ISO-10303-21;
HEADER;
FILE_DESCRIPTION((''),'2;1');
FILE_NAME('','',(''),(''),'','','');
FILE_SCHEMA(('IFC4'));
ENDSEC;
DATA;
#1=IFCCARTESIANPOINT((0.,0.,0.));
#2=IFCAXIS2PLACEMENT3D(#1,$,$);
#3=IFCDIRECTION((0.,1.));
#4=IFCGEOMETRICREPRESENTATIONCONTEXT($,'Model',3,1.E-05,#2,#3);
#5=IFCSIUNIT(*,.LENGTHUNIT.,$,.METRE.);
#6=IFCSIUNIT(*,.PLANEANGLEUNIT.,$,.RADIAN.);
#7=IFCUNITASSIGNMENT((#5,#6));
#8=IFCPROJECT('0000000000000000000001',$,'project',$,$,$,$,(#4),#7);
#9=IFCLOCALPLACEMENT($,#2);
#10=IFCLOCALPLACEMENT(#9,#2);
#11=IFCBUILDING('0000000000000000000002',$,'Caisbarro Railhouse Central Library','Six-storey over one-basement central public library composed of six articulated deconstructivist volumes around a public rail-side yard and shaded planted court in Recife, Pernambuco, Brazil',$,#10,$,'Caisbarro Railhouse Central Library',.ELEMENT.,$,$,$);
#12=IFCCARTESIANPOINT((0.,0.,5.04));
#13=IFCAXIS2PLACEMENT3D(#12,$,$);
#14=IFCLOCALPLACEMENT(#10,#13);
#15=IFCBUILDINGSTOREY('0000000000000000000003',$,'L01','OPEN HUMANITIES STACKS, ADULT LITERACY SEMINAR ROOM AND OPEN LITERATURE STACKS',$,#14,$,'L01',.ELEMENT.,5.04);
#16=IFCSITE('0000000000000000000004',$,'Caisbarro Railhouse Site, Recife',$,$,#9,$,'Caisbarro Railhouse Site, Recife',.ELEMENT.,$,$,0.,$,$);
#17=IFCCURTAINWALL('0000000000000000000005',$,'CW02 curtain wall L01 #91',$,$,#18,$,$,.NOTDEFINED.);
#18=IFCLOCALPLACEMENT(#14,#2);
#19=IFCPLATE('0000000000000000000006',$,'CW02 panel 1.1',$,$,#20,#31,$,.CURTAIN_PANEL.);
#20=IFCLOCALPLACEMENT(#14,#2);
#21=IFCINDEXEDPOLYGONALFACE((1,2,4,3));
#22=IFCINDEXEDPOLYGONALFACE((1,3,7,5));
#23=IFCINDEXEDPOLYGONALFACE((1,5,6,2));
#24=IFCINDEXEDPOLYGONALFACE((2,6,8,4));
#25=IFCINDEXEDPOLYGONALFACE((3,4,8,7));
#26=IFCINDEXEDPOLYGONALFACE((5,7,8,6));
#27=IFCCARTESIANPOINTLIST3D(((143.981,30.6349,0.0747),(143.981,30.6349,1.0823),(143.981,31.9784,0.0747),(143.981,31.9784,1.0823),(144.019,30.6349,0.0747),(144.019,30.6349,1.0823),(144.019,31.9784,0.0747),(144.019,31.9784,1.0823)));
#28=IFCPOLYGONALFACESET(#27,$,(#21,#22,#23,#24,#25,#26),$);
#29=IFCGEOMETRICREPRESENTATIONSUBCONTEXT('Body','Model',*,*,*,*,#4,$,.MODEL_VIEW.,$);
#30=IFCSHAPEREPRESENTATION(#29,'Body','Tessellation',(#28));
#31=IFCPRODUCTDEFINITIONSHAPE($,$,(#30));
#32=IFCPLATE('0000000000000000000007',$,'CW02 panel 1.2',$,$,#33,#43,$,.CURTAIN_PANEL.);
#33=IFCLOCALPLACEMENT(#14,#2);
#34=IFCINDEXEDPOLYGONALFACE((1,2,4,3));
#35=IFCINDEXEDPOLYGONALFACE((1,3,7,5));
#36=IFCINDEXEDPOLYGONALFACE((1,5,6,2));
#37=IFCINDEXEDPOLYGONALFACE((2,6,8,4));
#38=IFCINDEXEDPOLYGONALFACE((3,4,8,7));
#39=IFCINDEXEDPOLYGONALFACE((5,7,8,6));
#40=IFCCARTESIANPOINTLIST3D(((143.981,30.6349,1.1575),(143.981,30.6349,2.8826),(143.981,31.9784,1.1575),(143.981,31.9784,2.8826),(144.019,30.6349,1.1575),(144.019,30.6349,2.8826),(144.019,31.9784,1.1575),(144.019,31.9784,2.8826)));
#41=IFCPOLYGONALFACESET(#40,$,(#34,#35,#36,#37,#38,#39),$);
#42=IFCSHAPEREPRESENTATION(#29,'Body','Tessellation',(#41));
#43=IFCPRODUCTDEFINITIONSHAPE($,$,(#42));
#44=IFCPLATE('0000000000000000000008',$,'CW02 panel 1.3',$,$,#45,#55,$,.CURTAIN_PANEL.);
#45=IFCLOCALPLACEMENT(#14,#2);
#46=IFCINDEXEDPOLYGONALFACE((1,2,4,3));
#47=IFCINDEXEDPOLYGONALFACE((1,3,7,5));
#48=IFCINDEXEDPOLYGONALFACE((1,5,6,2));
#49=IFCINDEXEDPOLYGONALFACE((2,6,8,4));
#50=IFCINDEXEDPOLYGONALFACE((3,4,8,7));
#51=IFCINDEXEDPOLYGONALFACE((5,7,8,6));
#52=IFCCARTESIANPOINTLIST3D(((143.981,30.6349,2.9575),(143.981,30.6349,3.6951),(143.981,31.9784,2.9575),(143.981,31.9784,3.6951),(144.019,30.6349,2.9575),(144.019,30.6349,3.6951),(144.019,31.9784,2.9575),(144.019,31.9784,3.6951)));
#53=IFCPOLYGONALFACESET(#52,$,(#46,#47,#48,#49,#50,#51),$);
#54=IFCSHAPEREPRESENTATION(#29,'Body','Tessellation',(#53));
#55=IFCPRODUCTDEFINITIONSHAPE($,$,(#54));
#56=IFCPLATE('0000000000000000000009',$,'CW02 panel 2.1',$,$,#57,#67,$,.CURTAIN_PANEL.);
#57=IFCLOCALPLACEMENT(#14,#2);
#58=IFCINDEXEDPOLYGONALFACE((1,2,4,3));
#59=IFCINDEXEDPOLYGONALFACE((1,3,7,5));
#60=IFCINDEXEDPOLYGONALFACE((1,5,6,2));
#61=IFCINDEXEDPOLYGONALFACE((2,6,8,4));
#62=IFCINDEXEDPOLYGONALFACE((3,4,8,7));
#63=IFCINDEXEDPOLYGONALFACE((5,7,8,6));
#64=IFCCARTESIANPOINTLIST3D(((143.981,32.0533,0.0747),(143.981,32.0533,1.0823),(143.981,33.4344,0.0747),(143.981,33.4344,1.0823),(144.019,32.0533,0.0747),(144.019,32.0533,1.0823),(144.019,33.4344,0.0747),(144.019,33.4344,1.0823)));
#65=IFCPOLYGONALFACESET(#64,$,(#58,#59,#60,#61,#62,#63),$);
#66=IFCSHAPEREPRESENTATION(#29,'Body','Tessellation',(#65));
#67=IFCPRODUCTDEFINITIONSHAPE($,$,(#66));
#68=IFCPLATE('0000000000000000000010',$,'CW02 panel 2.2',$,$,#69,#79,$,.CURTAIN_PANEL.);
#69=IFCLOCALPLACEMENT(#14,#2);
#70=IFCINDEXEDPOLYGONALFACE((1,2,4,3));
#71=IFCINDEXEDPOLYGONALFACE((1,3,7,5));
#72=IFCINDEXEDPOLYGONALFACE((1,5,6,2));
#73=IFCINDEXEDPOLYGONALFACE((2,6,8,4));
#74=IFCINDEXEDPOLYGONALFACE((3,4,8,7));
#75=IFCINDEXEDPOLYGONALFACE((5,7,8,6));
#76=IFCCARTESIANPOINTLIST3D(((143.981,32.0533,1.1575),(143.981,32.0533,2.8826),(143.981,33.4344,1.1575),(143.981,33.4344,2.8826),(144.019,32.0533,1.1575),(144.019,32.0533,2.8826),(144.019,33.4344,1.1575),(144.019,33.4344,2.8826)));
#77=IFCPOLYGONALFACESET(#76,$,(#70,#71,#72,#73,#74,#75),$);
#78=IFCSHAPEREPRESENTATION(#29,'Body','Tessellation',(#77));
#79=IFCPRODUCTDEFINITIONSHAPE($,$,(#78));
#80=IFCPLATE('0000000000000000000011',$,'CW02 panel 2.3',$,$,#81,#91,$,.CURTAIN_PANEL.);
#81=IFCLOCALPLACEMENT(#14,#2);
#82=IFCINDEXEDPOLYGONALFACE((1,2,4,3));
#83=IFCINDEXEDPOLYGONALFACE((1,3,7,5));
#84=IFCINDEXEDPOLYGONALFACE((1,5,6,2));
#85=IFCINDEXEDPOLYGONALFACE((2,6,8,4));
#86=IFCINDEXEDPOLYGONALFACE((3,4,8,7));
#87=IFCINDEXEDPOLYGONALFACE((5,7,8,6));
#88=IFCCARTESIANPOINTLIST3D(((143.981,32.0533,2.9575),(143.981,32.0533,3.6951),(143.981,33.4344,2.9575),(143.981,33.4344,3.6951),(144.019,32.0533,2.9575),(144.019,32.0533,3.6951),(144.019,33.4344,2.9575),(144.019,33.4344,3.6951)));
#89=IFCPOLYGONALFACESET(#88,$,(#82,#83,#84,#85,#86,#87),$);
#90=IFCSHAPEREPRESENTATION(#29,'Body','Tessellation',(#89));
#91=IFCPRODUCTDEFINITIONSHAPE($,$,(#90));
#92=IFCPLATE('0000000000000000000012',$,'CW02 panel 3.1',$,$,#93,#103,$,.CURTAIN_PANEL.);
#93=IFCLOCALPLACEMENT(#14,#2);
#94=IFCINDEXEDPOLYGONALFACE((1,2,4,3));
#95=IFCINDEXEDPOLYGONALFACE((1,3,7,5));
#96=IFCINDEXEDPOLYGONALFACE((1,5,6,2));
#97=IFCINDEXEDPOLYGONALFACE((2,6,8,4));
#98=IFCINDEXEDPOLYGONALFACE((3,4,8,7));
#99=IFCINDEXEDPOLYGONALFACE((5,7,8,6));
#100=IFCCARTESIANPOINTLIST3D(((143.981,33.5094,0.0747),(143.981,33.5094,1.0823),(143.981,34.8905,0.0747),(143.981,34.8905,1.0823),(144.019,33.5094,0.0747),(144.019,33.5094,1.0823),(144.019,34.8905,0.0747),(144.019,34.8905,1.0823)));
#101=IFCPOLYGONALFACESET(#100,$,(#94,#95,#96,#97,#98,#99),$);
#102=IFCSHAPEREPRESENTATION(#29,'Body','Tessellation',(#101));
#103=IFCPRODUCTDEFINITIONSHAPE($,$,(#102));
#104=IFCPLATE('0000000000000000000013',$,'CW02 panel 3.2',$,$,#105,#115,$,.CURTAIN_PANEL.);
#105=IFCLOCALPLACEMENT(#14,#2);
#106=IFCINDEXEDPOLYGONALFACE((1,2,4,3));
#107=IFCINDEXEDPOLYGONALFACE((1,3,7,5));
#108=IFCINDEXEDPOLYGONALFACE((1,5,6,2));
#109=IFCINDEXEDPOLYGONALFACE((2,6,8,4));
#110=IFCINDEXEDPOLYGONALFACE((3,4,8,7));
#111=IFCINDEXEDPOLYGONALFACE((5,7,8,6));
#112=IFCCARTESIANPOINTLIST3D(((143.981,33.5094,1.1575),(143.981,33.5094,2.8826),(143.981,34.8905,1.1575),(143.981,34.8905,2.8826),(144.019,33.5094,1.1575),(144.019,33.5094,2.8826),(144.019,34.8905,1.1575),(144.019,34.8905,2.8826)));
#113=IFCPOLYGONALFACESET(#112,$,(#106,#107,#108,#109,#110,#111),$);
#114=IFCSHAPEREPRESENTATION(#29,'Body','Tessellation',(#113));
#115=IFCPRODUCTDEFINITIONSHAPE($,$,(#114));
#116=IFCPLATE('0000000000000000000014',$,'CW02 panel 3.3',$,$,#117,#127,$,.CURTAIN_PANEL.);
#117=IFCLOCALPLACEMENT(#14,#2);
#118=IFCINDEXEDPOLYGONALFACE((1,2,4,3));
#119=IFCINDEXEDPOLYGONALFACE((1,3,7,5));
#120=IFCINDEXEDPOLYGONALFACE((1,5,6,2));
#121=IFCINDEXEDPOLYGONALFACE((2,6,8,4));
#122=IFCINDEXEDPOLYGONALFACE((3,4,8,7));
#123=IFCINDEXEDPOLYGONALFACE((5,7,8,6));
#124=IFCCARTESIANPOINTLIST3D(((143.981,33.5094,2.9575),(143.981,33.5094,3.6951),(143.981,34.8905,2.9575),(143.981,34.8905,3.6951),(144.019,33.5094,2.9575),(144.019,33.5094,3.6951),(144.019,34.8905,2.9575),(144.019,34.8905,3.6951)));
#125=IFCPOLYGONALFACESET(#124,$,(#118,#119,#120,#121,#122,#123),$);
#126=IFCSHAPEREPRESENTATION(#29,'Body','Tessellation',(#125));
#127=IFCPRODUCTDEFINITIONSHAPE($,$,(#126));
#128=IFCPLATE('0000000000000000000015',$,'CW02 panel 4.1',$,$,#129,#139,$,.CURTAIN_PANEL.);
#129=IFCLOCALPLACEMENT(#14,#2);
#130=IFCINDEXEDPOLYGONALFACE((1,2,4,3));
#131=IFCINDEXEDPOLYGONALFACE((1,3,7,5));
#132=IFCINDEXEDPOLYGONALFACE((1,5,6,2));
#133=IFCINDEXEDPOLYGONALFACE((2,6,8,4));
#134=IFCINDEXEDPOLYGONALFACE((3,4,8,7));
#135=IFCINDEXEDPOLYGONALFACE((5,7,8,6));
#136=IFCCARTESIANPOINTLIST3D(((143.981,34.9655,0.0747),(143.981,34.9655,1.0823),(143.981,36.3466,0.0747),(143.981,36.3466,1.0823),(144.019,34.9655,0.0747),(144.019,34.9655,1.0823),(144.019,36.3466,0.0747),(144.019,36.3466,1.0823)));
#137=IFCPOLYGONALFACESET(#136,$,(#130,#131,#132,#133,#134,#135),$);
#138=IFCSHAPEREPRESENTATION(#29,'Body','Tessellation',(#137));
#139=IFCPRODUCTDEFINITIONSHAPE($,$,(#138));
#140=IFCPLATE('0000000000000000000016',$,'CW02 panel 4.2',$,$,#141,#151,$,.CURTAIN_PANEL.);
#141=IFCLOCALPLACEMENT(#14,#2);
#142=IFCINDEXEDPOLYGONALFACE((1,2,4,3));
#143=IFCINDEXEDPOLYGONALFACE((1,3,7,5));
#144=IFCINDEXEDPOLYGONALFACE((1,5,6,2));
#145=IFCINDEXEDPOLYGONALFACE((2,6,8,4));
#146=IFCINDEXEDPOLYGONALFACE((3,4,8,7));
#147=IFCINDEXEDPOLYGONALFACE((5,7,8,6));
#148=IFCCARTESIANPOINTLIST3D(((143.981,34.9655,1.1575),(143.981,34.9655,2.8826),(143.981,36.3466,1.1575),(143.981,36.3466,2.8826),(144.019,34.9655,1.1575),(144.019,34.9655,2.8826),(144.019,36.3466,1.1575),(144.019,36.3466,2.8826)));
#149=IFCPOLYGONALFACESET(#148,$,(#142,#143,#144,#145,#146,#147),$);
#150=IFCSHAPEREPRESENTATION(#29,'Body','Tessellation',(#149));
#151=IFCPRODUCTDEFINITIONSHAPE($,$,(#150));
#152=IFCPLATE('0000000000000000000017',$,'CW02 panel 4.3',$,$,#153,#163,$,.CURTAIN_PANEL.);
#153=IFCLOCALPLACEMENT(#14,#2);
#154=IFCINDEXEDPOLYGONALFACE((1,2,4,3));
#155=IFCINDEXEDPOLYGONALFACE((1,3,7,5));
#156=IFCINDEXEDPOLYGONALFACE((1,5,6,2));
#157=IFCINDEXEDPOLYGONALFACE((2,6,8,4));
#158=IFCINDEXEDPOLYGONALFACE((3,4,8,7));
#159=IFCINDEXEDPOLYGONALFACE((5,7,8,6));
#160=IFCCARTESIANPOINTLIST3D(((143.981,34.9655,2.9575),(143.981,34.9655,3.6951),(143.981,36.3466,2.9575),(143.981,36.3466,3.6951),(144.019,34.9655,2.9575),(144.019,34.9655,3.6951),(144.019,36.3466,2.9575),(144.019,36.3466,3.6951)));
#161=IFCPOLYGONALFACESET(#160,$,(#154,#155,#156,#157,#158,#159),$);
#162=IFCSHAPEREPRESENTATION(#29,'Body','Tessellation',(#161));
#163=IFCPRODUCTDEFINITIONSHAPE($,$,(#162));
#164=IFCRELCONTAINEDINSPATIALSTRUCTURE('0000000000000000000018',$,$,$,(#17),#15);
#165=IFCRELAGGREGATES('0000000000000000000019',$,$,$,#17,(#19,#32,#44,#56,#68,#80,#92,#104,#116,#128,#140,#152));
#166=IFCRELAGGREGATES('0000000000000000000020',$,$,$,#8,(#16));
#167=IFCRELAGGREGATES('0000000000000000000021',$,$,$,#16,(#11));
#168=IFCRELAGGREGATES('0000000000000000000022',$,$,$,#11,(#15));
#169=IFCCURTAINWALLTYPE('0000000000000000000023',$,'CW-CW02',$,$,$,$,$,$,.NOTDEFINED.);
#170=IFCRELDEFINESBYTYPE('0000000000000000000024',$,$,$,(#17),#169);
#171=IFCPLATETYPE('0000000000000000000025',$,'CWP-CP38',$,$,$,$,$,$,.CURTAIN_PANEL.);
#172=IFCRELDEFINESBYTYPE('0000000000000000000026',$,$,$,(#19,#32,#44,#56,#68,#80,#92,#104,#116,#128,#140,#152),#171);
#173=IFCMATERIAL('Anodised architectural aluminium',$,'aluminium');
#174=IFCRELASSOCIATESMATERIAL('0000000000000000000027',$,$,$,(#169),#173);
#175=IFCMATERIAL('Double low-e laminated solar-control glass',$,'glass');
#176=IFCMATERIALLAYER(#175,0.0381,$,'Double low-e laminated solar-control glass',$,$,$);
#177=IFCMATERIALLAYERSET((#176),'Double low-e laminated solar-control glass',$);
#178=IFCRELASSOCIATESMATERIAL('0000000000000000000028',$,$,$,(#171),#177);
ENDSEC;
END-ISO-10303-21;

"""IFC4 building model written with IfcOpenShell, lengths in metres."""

from ifc_helpers import new_model, si_unit, direction, frame, origin, origin_2d, place, context, subcontext, project, spatial, rectangle, extrude, material, layer, layer_set, type_object, element, aggregate, save


model = new_model("IFC4")

# Units and contexts
model_context = context("Model", 3, precision=1e-05, world=origin(), true_north=direction((0.0, 1.0)))
body_context = subcontext(model_context, "Body", "Model", "MODEL_VIEW")
ifc_project = project(units=[si_unit("LENGTHUNIT", "METRE"), si_unit("PLANEANGLEUNIT", "RADIAN")], contexts=[model_context])

# Site, building, storey
site_placement = place(None, origin())
site = spatial("IfcSite", under=ifc_project, at=site_placement, Name="Caisbarro Railhouse Site, Recife", LongName="Caisbarro Railhouse Site, Recife", CompositionType="ELEMENT", RefElevation=0.0)
building_placement = place(site_placement, origin())
building = spatial("IfcBuilding", under=site, at=building_placement, Name="Caisbarro Railhouse Central Library", Description="Six-storey over one-basement central public library composed of six articulated deconstructivist volumes around a public rail-side yard and shaded planted court in Recife, Pernambuco, Brazil", LongName="Caisbarro Railhouse Central Library", CompositionType="ELEMENT")
storey_placement = place(building_placement, frame((0.0, 0.0, 5.04)))
storey = spatial("IfcBuildingStorey", under=building, at=storey_placement, Name="L01", Description="OPEN HUMANITIES STACKS, ADULT LITERACY SEMINAR ROOM AND OPEN LITERATURE STACKS", LongName="L01", CompositionType="ELEMENT", Elevation=5.04)

# Curtain wall, plates
ifc_material_1 = material(Name="Anodised architectural aluminium", Category="aluminium")
curtain_wall_type = type_object("IfcCurtainWallType", Name="CW-CW02", PredefinedType="NOTDEFINED", material=ifc_material_1)
curtain_wall_placement = place(storey_placement, origin())
curtain_wall = element("IfcCurtainWall", 1, at=curtain_wall_placement, inside=storey, type_object=curtain_wall_type, Name="CW02 curtain wall L01 #91", PredefinedType="NOTDEFINED")
ifc_material_2 = material(Name="Double low-e laminated solar-control glass", Category="glass")
ifc_layer = layer(ifc_material_2, 0.0381, Name="Double low-e laminated solar-control glass")
ifc_layer_set = layer_set([ifc_layer], Name="Double low-e laminated solar-control glass")
plate_type = type_object("IfcPlateType", Name="CWP-CP38", PredefinedType="CURTAIN_PANEL", material=ifc_layer_set)
plate_1_placement = place(storey_placement, frame((144.0, 31.3066, 0.0747), z_axis=(0.0, 0.0, 1.0), x_axis=(0.0, 1.0, 0.0)))
plate_1 = element("IfcPlate", 2, at=plate_1_placement, type_object=plate_type, Name="CW02 panel 1.1", PredefinedType="CURTAIN_PANEL", context=body_context, shape_type="SweptSolid", body=[
    extrude(rectangle(XDim=1.3435, YDim=0.0381, at=origin_2d()), origin(), (0.0, 0.0, 1.0), 1.0076),
])
plate_2_placement = place(storey_placement, frame((144.0, 31.3066, 1.1575), z_axis=(0.0, 0.0, 1.0), x_axis=(0.0, 1.0, 0.0)))
plate_2 = element("IfcPlate", 3, at=plate_2_placement, type_object=plate_type, Name="CW02 panel 1.2", PredefinedType="CURTAIN_PANEL", context=body_context, shape_type="SweptSolid", body=[
    extrude(rectangle(XDim=1.3435, YDim=0.0381, at=origin_2d()), origin(), (0.0, 0.0, 1.0), 1.7251),
])
plate_3_placement = place(storey_placement, frame((144.0, 31.3066, 2.9575), z_axis=(0.0, 0.0, 1.0), x_axis=(0.0, 1.0, 0.0)))
plate_3 = element("IfcPlate", 4, at=plate_3_placement, type_object=plate_type, Name="CW02 panel 1.3", PredefinedType="CURTAIN_PANEL", context=body_context, shape_type="SweptSolid", body=[
    extrude(rectangle(XDim=1.3435, YDim=0.0381, at=origin_2d()), origin(), (0.0, 0.0, 1.0), 0.7375),
])
plate_4_placement = place(storey_placement, frame((144.0, 32.7439, 0.0747), z_axis=(0.0, 0.0, 1.0), x_axis=(0.0, 1.0, 0.0)))
plate_4 = element("IfcPlate", 5, at=plate_4_placement, type_object=plate_type, Name="CW02 panel 2.1", PredefinedType="CURTAIN_PANEL", context=body_context, shape_type="SweptSolid", body=[
    extrude(rectangle(XDim=1.3811, YDim=0.0381, at=origin_2d()), origin(), (0.0, 0.0, 1.0), 1.0076),
])
plate_5_placement = place(storey_placement, frame((144.0, 32.7439, 1.1575), z_axis=(0.0, 0.0, 1.0), x_axis=(0.0, 1.0, 0.0)))
plate_5 = element("IfcPlate", 6, at=plate_5_placement, type_object=plate_type, Name="CW02 panel 2.2", PredefinedType="CURTAIN_PANEL", context=body_context, shape_type="SweptSolid", body=[
    extrude(rectangle(XDim=1.3811, YDim=0.0381, at=origin_2d()), origin(), (0.0, 0.0, 1.0), 1.7251),
])
plate_6_placement = place(storey_placement, frame((144.0, 32.7439, 2.9575), z_axis=(0.0, 0.0, 1.0), x_axis=(0.0, 1.0, 0.0)))
plate_6 = element("IfcPlate", 7, at=plate_6_placement, type_object=plate_type, Name="CW02 panel 2.3", PredefinedType="CURTAIN_PANEL", context=body_context, shape_type="SweptSolid", body=[
    extrude(rectangle(XDim=1.3811, YDim=0.0381, at=origin_2d()), origin(), (0.0, 0.0, 1.0), 0.7375),
])
plate_7_placement = place(storey_placement, frame((144.0, 34.2, 0.0747), z_axis=(0.0, 0.0, 1.0), x_axis=(0.0, 1.0, 0.0)))
plate_7 = element("IfcPlate", 8, at=plate_7_placement, type_object=plate_type, Name="CW02 panel 3.1", PredefinedType="CURTAIN_PANEL", context=body_context, shape_type="SweptSolid", body=[
    extrude(rectangle(XDim=1.3811, YDim=0.0381, at=origin_2d()), origin(), (0.0, 0.0, 1.0), 1.0076),
])
plate_8_placement = place(storey_placement, frame((144.0, 34.2, 1.1575), z_axis=(0.0, 0.0, 1.0), x_axis=(0.0, 1.0, 0.0)))
plate_8 = element("IfcPlate", 9, at=plate_8_placement, type_object=plate_type, Name="CW02 panel 3.2", PredefinedType="CURTAIN_PANEL", context=body_context, shape_type="SweptSolid", body=[
    extrude(rectangle(XDim=1.3811, YDim=0.0381, at=origin_2d()), origin(), (0.0, 0.0, 1.0), 1.7251),
])
plate_9_placement = place(storey_placement, frame((144.0, 34.2, 2.9575), z_axis=(0.0, 0.0, 1.0), x_axis=(0.0, 1.0, 0.0)))
plate_9 = element("IfcPlate", 10, at=plate_9_placement, type_object=plate_type, Name="CW02 panel 3.3", PredefinedType="CURTAIN_PANEL", context=body_context, shape_type="SweptSolid", body=[
    extrude(rectangle(XDim=1.3811, YDim=0.0381, at=origin_2d()), origin(), (0.0, 0.0, 1.0), 0.7375),
])
plate_10_placement = place(storey_placement, frame((144.0, 35.656, 0.0747), z_axis=(0.0, 0.0, 1.0), x_axis=(0.0, 1.0, 0.0)))
plate_10 = element("IfcPlate", 11, at=plate_10_placement, type_object=plate_type, Name="CW02 panel 4.1", PredefinedType="CURTAIN_PANEL", context=body_context, shape_type="SweptSolid", body=[
    extrude(rectangle(XDim=1.3811, YDim=0.0381, at=origin_2d()), origin(), (0.0, 0.0, 1.0), 1.0076),
])
plate_11_placement = place(storey_placement, frame((144.0, 35.656, 1.1575), z_axis=(0.0, 0.0, 1.0), x_axis=(0.0, 1.0, 0.0)))
plate_11 = element("IfcPlate", 12, at=plate_11_placement, type_object=plate_type, Name="CW02 panel 4.2", PredefinedType="CURTAIN_PANEL", context=body_context, shape_type="SweptSolid", body=[
    extrude(rectangle(XDim=1.3811, YDim=0.0381, at=origin_2d()), origin(), (0.0, 0.0, 1.0), 1.7251),
])
plate_12_placement = place(storey_placement, frame((144.0, 35.656, 2.9575), z_axis=(0.0, 0.0, 1.0), x_axis=(0.0, 1.0, 0.0)))
plate_12 = element("IfcPlate", 13, at=plate_12_placement, type_object=plate_type, Name="CW02 panel 4.3", PredefinedType="CURTAIN_PANEL", context=body_context, shape_type="SweptSolid", body=[
    extrude(rectangle(XDim=1.3811, YDim=0.0381, at=origin_2d()), origin(), (0.0, 0.0, 1.0), 0.7375),
])
aggregate(curtain_wall, [plate_1, plate_2, plate_3, plate_4, plate_5, plate_6, plate_7, plate_8, plate_9, plate_10, plate_11, plate_12])

save(model, "model.ifc")
